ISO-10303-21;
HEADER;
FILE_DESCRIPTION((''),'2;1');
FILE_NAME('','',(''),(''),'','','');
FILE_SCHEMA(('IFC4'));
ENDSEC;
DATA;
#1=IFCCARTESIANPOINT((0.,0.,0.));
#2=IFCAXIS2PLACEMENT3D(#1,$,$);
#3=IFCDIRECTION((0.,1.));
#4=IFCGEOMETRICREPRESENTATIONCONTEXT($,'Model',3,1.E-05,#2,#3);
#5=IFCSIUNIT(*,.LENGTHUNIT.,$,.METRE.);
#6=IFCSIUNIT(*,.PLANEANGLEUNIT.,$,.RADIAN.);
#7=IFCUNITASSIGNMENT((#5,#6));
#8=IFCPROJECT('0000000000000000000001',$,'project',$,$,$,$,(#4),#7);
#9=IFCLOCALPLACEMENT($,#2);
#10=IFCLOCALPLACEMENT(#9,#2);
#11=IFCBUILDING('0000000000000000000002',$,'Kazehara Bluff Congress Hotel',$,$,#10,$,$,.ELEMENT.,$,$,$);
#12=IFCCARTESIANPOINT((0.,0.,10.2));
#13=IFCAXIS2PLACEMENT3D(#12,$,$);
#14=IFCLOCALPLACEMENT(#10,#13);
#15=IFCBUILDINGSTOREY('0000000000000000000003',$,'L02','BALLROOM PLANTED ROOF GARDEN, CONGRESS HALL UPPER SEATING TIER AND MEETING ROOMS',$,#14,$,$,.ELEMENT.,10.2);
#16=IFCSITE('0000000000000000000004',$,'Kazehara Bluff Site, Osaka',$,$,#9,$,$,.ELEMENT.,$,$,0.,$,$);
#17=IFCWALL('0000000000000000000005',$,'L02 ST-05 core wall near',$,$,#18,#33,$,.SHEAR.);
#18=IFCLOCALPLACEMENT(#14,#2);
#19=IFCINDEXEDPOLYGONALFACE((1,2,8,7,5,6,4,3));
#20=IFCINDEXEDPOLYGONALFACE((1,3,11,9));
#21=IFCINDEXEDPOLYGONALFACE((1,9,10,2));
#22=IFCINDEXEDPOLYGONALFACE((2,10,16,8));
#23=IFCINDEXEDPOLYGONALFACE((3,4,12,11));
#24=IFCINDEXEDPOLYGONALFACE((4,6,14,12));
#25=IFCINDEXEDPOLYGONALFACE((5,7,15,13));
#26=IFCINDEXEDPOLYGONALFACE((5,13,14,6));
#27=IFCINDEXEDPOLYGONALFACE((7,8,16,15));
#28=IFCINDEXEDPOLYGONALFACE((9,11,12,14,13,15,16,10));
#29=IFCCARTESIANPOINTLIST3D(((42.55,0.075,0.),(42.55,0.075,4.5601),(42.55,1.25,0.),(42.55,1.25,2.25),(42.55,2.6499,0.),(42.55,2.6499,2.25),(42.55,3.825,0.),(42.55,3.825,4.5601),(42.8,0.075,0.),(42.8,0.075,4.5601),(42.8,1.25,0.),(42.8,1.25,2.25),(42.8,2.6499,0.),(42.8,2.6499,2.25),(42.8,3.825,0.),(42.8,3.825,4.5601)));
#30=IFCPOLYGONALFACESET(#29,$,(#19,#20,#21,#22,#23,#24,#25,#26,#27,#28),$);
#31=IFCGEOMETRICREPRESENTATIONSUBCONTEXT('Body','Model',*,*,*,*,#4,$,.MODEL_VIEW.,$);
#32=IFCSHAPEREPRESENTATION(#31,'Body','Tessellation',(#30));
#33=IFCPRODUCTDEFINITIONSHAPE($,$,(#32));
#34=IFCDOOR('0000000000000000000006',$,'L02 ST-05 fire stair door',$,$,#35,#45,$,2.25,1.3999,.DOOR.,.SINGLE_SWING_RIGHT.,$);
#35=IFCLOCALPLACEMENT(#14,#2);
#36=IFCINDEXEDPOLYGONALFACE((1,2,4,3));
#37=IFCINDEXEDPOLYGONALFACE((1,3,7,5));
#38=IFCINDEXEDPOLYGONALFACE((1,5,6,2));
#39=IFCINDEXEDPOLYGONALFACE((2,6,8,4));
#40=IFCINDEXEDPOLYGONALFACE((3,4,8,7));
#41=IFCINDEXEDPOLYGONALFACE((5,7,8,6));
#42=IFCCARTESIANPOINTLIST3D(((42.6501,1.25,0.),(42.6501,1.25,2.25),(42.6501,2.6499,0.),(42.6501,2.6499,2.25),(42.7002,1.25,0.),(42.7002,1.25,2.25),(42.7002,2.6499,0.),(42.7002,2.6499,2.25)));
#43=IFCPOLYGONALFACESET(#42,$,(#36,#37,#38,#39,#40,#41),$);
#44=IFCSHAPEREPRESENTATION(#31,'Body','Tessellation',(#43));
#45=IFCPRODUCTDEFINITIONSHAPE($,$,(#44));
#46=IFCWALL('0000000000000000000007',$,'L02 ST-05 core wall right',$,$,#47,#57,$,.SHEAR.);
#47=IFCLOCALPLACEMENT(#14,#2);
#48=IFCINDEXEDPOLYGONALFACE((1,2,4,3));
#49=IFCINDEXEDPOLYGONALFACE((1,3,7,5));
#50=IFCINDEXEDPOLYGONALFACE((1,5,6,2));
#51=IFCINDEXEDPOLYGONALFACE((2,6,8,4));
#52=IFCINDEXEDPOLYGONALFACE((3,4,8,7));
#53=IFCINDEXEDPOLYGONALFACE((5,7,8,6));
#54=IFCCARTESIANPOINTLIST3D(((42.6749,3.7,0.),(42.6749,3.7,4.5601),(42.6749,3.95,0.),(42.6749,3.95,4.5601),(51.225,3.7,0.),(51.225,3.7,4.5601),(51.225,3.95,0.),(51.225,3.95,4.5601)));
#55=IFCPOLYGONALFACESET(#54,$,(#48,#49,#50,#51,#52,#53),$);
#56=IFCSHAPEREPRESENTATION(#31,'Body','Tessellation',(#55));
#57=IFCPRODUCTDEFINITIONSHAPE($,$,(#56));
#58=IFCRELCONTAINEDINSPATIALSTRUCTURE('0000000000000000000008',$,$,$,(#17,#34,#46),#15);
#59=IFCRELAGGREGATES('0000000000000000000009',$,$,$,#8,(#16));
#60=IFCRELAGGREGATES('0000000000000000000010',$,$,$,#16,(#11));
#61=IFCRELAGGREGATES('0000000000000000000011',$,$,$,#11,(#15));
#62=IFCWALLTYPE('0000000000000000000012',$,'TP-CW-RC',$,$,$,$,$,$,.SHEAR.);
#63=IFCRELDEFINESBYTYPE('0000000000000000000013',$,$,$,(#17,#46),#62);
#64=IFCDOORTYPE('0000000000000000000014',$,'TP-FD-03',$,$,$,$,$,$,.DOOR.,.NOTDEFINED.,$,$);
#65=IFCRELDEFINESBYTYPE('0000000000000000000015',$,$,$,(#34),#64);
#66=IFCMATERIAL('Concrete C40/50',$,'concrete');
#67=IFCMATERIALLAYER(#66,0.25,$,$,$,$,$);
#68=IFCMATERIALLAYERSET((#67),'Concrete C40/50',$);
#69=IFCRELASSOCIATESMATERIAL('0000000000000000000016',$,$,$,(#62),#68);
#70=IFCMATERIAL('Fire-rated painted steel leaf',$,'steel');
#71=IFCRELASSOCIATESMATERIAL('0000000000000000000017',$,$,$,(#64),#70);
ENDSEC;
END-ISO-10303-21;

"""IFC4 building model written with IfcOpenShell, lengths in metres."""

from ifc_helpers import new_model, si_unit, direction, frame, frame_2d, origin, place, context, subcontext, project, spatial, rectangle, extrude, material, layer, layer_set, type_object, element, fill, save


model = new_model("IFC4")

# Units and contexts
model_context = context("Model", 3, precision=1e-05, world=origin(), true_north=direction((0.0, 1.0)))
body_context = subcontext(model_context, "Body", "Model", "MODEL_VIEW")
ifc_project = project(units=[si_unit("LENGTHUNIT", "METRE"), si_unit("PLANEANGLEUNIT", "RADIAN")], contexts=[model_context])

# Site, building, storey
site_placement = place(None, origin())
site = spatial("IfcSite", under=ifc_project, at=site_placement, Name="Kazehara Bluff Site, Osaka", CompositionType="ELEMENT", RefElevation=0.0)
building_placement = place(site_placement, origin())
building = spatial("IfcBuilding", under=site, at=building_placement, Name="Kazehara Bluff Congress Hotel", CompositionType="ELEMENT")
storey_placement = place(building_placement, frame((0.0, 0.0, 10.2)))
storey = spatial("IfcBuildingStorey", under=building, at=storey_placement, Name="L02", Description="BALLROOM PLANTED ROOF GARDEN, CONGRESS HALL UPPER SEATING TIER AND MEETING ROOMS", CompositionType="ELEMENT", Elevation=10.2)

# Wall, opening, door
ifc_material_1 = material(Name="Concrete C40/50", Category="concrete")
ifc_layer_1 = layer(ifc_material_1, 0.25)
ifc_layer_set_1 = layer_set([ifc_layer_1], Name="Concrete C40/50")
wall_type = type_object("IfcWallType", Name="TP-CW-RC", PredefinedType="SHEAR", material=ifc_layer_set_1)
wall_1_placement = place(storey_placement, frame((42.675, 0.075, 0.0), z_axis=(0.0, 0.0, 1.0), x_axis=(0.0, 1.0, 0.0)))
wall_1 = element("IfcWall", 1, at=wall_1_placement, inside=storey, type_object=wall_type, Name="L02 ST-05 core wall near", PredefinedType="SHEAR", context=body_context, shape_type="SweptSolid", body=[
    extrude(rectangle(XDim=3.75, YDim=0.25, at=frame_2d((1.875, 0.0))), origin(), (0.0, 0.0, 1.0), 4.5601),
])
opening_placement = place(wall_1_placement, frame((1.175, 0.0, 0.0)))
opening = element("IfcOpeningElement", 2, at=opening_placement, cuts=wall_1, PredefinedType="OPENING", context=body_context, shape_type="SweptSolid", body=[
    extrude(rectangle(XDim=1.3999, YDim=2.25, at=frame_2d((0.7, 1.125))), frame((0.0, 0.135, 0.0), z_axis=(0.0, -1.0, 0.0), x_axis=(1.0, 0.0, 0.0)), (0.0, 0.0, 1.0), 0.27),
])
ifc_material_2 = material(Name="Fire-rated painted steel leaf", Category="steel")
door_type = type_object("IfcDoorType", Name="TP-FD-03", OperationType="NOTDEFINED", PredefinedType="DOOR", material=ifc_material_2)
door_placement = place(opening_placement, origin())
door = element("IfcDoor", 3, at=door_placement, inside=storey, type_object=door_type, Name="L02 ST-05 fire stair door", OperationType="SINGLE_SWING_RIGHT", OverallHeight=2.25, OverallWidth=1.3999, PredefinedType="DOOR", context=body_context, shape_type="SweptSolid", body=[
    extrude(rectangle(XDim=1.3999, YDim=2.25, at=frame_2d((0.7, 1.125))), frame((0.0, 0.0249, 0.0), z_axis=(0.0, -1.0, 0.0), x_axis=(1.0, 0.0, 0.0)), (0.0, 0.0, 1.0), 0.05),
])
fill(opening, door)

# Wall
wall_2_placement = place(storey_placement, frame((42.675, 3.825, 0.0), z_axis=(0.0, 0.0, 1.0), x_axis=(1.0, 0.0, 0.0)))
element("IfcWall", 4, at=wall_2_placement, inside=storey, type_object=wall_type, Name="L02 ST-05 core wall right", PredefinedType="SHEAR", context=body_context, shape_type="SweptSolid", body=[
    extrude(rectangle(XDim=8.55, YDim=0.25, at=frame_2d((4.2749, 0.0))), origin(), (0.0, 0.0, 1.0), 4.5601),
])

save(model, "model.ifc")
